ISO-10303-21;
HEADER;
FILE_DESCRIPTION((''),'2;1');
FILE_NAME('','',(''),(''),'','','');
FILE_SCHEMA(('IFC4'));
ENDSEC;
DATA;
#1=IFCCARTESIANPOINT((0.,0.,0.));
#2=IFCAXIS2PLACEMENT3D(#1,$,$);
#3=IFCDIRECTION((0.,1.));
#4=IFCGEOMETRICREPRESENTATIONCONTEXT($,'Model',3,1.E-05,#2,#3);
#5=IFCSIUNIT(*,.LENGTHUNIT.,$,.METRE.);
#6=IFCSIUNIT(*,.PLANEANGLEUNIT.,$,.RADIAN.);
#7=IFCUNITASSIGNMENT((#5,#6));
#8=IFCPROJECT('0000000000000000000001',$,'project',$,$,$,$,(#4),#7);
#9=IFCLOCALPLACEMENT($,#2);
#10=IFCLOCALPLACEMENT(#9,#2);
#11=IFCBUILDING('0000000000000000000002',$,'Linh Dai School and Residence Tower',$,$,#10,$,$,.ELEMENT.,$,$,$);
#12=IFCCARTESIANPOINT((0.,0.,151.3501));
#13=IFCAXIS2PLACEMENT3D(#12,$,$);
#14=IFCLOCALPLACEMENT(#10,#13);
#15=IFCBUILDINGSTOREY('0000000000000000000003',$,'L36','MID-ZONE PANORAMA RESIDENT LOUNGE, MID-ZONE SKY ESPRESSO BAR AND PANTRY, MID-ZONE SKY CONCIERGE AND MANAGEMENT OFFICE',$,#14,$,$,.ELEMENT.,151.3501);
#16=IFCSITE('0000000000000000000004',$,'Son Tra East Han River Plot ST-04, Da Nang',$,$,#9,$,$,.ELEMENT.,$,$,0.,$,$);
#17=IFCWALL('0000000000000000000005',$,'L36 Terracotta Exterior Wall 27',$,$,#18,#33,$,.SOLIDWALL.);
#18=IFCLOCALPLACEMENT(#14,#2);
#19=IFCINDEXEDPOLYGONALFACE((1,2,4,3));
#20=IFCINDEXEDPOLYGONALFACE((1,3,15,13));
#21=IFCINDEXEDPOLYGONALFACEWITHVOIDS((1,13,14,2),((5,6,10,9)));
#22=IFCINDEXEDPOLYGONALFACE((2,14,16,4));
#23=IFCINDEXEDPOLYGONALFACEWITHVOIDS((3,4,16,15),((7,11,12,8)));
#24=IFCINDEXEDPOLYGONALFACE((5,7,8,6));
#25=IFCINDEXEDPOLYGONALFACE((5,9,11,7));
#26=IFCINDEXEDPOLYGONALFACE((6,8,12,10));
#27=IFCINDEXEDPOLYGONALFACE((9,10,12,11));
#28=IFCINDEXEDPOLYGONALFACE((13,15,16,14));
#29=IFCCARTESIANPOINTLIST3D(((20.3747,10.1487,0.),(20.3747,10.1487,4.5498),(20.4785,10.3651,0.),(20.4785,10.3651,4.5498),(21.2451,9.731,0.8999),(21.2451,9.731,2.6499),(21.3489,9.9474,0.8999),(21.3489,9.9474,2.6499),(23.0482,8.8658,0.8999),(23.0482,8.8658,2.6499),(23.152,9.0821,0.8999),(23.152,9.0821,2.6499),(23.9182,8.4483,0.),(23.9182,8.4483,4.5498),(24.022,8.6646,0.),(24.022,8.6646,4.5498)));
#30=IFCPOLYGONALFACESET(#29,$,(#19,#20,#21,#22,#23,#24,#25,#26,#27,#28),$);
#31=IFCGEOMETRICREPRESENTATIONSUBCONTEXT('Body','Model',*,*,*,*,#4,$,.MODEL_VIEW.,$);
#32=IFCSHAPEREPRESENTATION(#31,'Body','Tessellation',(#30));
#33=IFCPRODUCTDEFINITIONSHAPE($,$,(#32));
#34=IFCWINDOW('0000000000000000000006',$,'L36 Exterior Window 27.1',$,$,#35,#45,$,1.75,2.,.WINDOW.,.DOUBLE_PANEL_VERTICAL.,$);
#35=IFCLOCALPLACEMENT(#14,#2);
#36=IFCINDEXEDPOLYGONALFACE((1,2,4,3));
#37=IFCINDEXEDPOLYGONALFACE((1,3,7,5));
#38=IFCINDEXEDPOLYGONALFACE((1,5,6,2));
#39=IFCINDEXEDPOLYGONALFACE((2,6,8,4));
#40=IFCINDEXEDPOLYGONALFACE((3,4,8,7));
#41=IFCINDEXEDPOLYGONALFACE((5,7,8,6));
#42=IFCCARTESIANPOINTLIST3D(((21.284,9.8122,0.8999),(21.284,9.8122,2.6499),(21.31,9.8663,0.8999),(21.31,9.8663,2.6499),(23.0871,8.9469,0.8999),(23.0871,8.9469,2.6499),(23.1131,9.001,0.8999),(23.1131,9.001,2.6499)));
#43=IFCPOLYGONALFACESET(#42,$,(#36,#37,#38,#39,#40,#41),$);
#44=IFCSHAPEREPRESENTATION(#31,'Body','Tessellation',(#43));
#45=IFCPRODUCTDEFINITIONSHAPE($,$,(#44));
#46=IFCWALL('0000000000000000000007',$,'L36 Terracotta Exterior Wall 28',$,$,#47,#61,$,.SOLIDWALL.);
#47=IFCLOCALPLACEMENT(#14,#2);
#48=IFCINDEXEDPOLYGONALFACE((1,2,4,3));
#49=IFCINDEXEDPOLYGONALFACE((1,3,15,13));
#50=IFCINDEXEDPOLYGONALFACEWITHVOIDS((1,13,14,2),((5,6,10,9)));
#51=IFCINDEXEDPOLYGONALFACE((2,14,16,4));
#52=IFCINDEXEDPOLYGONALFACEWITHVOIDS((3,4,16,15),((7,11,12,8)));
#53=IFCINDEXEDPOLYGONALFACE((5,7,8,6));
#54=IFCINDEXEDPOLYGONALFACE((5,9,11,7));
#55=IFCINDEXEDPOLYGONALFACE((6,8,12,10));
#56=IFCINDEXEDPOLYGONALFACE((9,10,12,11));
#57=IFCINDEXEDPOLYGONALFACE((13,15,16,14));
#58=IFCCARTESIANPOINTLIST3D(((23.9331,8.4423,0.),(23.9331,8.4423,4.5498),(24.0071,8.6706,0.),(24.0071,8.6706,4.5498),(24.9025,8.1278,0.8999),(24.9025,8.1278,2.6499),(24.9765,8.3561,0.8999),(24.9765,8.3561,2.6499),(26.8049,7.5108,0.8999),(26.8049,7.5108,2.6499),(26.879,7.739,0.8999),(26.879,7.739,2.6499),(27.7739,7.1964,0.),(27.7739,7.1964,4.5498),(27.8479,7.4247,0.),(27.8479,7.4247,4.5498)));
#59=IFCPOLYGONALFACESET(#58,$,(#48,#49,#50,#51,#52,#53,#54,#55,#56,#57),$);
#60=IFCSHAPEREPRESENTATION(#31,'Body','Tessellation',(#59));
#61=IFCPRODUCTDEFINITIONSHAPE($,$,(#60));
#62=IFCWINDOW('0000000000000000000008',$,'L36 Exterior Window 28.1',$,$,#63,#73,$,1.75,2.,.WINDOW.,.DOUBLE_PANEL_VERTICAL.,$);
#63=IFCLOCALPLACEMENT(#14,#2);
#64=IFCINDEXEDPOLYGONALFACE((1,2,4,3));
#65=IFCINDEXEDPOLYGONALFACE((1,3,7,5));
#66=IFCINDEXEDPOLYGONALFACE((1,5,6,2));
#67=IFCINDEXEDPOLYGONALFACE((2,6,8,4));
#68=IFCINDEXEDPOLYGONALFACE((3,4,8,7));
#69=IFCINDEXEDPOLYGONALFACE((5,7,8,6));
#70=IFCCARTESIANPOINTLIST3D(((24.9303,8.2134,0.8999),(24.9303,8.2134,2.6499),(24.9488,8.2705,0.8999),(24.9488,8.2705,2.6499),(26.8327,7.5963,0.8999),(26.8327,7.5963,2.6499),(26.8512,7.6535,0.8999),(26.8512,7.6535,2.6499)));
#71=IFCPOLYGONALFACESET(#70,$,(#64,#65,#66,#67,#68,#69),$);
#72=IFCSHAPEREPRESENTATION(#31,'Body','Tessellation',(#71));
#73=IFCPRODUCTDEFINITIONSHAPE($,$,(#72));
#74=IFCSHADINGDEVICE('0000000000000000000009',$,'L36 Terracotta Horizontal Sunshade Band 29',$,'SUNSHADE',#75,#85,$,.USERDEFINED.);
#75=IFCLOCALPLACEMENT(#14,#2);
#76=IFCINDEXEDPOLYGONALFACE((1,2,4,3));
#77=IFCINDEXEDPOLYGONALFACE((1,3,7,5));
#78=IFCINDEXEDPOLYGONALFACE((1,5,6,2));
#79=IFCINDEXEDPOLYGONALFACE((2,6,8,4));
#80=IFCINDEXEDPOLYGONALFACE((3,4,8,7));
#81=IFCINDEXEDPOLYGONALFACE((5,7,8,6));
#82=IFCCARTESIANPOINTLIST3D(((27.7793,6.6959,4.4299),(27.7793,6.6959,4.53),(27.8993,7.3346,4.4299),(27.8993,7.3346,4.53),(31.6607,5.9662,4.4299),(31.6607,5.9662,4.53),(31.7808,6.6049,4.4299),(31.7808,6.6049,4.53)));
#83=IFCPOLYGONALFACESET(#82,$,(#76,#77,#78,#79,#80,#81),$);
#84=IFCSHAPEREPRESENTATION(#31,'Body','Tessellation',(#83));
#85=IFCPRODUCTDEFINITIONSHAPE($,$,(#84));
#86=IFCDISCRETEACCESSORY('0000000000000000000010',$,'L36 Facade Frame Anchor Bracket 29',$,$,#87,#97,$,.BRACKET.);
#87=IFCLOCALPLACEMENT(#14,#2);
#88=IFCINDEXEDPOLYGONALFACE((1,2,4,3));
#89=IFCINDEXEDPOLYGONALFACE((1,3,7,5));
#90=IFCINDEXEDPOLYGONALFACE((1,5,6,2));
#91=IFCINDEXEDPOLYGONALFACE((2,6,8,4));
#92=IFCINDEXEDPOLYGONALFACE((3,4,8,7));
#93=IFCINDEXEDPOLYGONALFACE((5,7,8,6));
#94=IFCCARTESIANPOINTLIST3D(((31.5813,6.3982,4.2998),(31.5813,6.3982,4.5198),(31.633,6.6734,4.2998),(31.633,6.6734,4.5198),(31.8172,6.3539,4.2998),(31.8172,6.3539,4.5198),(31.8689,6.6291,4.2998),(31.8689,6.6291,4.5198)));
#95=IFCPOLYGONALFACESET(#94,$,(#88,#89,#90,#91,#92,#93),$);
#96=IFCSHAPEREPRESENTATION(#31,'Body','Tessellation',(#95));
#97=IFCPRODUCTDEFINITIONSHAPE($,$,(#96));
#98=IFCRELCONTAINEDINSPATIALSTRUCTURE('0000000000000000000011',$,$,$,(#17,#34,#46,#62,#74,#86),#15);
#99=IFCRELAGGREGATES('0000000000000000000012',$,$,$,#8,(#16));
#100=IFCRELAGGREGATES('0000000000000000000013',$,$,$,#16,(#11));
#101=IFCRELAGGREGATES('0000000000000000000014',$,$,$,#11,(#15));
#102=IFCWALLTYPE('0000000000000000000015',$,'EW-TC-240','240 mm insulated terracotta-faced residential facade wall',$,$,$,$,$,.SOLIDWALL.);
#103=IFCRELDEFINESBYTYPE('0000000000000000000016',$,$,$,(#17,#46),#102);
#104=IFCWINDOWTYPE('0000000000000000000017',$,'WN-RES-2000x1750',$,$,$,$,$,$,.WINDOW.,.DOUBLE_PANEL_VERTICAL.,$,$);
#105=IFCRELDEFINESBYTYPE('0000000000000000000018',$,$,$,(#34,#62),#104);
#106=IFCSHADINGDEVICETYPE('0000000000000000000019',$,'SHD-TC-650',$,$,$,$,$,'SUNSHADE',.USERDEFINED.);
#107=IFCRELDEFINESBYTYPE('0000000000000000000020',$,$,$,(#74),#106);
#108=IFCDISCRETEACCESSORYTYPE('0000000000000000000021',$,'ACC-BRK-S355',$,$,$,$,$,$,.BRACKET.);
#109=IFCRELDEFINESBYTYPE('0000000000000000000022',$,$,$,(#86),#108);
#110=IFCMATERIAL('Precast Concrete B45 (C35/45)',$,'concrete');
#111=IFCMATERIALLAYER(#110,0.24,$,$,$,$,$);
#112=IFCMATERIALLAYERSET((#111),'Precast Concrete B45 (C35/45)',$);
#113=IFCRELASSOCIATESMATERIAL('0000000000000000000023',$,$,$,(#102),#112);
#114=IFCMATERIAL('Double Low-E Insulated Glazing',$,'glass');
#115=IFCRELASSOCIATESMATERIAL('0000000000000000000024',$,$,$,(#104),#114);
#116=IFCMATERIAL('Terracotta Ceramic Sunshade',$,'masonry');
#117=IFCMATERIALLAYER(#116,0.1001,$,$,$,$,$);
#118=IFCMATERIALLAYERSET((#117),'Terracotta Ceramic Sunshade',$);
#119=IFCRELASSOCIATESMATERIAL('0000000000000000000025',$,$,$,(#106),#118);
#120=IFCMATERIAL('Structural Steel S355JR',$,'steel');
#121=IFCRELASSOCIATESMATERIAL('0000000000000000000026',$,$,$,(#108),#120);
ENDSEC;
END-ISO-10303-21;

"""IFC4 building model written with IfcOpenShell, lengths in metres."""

from ifc_helpers import new_model, si_unit, direction, frame, frame_2d, origin, origin_2d, place, context, subcontext, project, spatial, rectangle, extrude, source, transform, mapped, material, layer, layer_set, type_object, element, fill, save


model = new_model("IFC4")

# Units and contexts
model_context = context("Model", 3, precision=1e-05, world=origin(), true_north=direction((0.0, 1.0)))
body_context = subcontext(model_context, "Body", "Model", "MODEL_VIEW")
ifc_project = project(units=[si_unit("LENGTHUNIT", "METRE"), si_unit("PLANEANGLEUNIT", "RADIAN")], contexts=[model_context])

# Site, building, storey
site_placement = place(None, origin())
site = spatial("IfcSite", under=ifc_project, at=site_placement, Name="Son Tra East Han River Plot ST-04, Da Nang", CompositionType="ELEMENT", RefElevation=0.0)
building_placement = place(site_placement, origin())
building = spatial("IfcBuilding", under=site, at=building_placement, Name="Linh Dai School and Residence Tower", CompositionType="ELEMENT")
storey_placement = place(building_placement, frame((0.0, 0.0, 151.3501)))
storey = spatial("IfcBuildingStorey", under=building, at=storey_placement, Name="L36", Description="MID-ZONE PANORAMA RESIDENT LOUNGE, MID-ZONE SKY ESPRESSO BAR AND PANTRY, MID-ZONE SKY CONCIERGE AND MANAGEMENT OFFICE", CompositionType="ELEMENT", Elevation=151.3501)

# Shared definitions
ifc_material_1 = material(Name="Structural Steel S355JR", Category="steel")

# Shared definitions
ifc_material_2 = material(Name="Precast Concrete B45 (C35/45)", Category="concrete")

# Shared definitions
ifc_material_3 = material(Name="Double Low-E Insulated Glazing", Category="glass")

# Shared definitions
ifc_layer_1 = layer(ifc_material_2, 0.24)
ifc_layer_set_1 = layer_set([ifc_layer_1], Name="Precast Concrete B45 (C35/45)")
wall_type = type_object("IfcWallType", Name="EW-TC-240", Description="240 mm insulated terracotta-faced residential facade wall", PredefinedType="SOLIDWALL", material=ifc_layer_set_1)

# Walls, openings, windows
wall_1_placement = place(storey_placement, frame((23.9702, 8.5564, 0.0), z_axis=(0.0, 0.0, 1.0), x_axis=(-0.901565, 0.432644, 0.0)))
wall_1 = element("IfcWall", 1, at=wall_1_placement, inside=storey, type_object=wall_type, Name="L36 Terracotta Exterior Wall 27", PredefinedType="SOLIDWALL", context=body_context, shape_type="SweptSolid", body=[
    extrude(rectangle(XDim=3.9304, YDim=0.24, at=frame_2d((1.9653, 0.0))), origin(), (0.0, 0.0, 1.0), 4.5498),
])
opening_1_placement = place(wall_1_placement, frame((0.9651, 0.0, 0.8999)))
opening_1 = element("IfcOpeningElement", 2, at=opening_1_placement, cuts=wall_1, PredefinedType="OPENING", context=body_context, shape_type="SweptSolid", body=[
    extrude(rectangle(XDim=2.0, YDim=1.75, at=origin_2d()), frame((1.0, 0.1299, 0.875), z_axis=(0.0, -1.0, 0.0), x_axis=(1.0, 0.0, 0.0)), (0.0, 0.0, 1.0), 0.26),
])
window_type = type_object("IfcWindowType", Name="WN-RES-2000x1750", PartitioningType="DOUBLE_PANEL_VERTICAL", PredefinedType="WINDOW", material=ifc_material_3)
shared_shape_1 = source(origin(), body_context, "Body", "SweptSolid", [
    extrude(rectangle(XDim=2.0, YDim=1.75, at=origin_2d()), frame((1.0, 0.03, 0.875), z_axis=(0.0, -1.0, 0.0), x_axis=(1.0, 0.0, 0.0)), (0.0, 0.0, 1.0), 0.0601),
])
window_1_placement = place(opening_1_placement, origin())
window_1 = element("IfcWindow", 3, at=window_1_placement, inside=storey, type_object=window_type, Name="L36 Exterior Window 27.1", OverallHeight=1.75, OverallWidth=2.0, PartitioningType="DOUBLE_PANEL_VERTICAL", PredefinedType="WINDOW", context=body_context, shape_type="MappedRepresentation", body=[
    mapped(shared_shape_1, transform((0.0, 0.0, 0.0), x_axis=(1.0, 0.0, 0.0), y_axis=(0.0, 1.0, 0.0), z_axis=(0.0, 0.0, 1.0), scale=1.0)),
])
fill(opening_1, window_1)
wall_2_placement = place(storey_placement, frame((27.811, 7.3105, 0.0), z_axis=(0.0, 0.0, 1.0), x_axis=(-0.95121, 0.308545, 0.0)))
wall_2 = element("IfcWall", 4, at=wall_2_placement, inside=storey, type_object=wall_type, Name="L36 Terracotta Exterior Wall 28", PredefinedType="SOLIDWALL", context=body_context, shape_type="SweptSolid", body=[
    extrude(rectangle(XDim=4.0378, YDim=0.24, at=frame_2d((2.019, 0.0))), origin(), (0.0, 0.0, 1.0), 4.5498),
])
opening_2_placement = place(wall_2_placement, frame((1.0188, 0.0, 0.8999)))
opening_2 = element("IfcOpeningElement", 5, at=opening_2_placement, cuts=wall_2, PredefinedType="OPENING", context=body_context, shape_type="SweptSolid", body=[
    extrude(rectangle(XDim=2.0, YDim=1.75, at=origin_2d()), frame((1.0, 0.1299, 0.875), z_axis=(0.0, -1.0, 0.0), x_axis=(1.0, 0.0, 0.0)), (0.0, 0.0, 1.0), 0.26),
])
window_2_placement = place(opening_2_placement, origin())
window_2 = element("IfcWindow", 6, at=window_2_placement, inside=storey, type_object=window_type, Name="L36 Exterior Window 28.1", OverallHeight=1.75, OverallWidth=2.0, PartitioningType="DOUBLE_PANEL_VERTICAL", PredefinedType="WINDOW", context=body_context, shape_type="MappedRepresentation", body=[
    mapped(shared_shape_1, transform((0.0, 0.0, 0.0), x_axis=(1.0, 0.0, 0.0), y_axis=(0.0, 1.0, 0.0), z_axis=(0.0, 0.0, 1.0), scale=1.0)),
])
fill(opening_2, window_2)

# Shading device
ifc_material_4 = material(Name="Terracotta Ceramic Sunshade", Category="masonry")
ifc_layer_2 = layer(ifc_material_4, 0.1001)
ifc_layer_set_2 = layer_set([ifc_layer_2], Name="Terracotta Ceramic Sunshade")
shading_device_type = type_object("IfcShadingDeviceType", Name="SHD-TC-650", ElementType="SUNSHADE", PredefinedType="USERDEFINED", material=ifc_layer_set_2)
shared_shape_2 = source(origin(), body_context, "Body", "SweptSolid", [
    extrude(rectangle(XDim=3.9495, YDim=0.6499, at=origin_2d()), origin(), (0.0, 0.0, 1.0), 0.1001),
])
shading_device_placement = place(storey_placement, frame((29.78, 6.6504, 4.4299), z_axis=(0.0, 0.0, 1.0), x_axis=(-0.982783, 0.184763, 0.0)))
element("IfcShadingDevice", 7, at=shading_device_placement, inside=storey, type_object=shading_device_type, Name="L36 Terracotta Horizontal Sunshade Band 29", ObjectType="SUNSHADE", PredefinedType="USERDEFINED", context=body_context, shape_type="MappedRepresentation", body=[
    mapped(shared_shape_2, transform((0.0, 0.0, 0.0), x_axis=(1.0, 0.0, 0.0), y_axis=(0.0, 1.0, 0.0), z_axis=(0.0, 0.0, 1.0), scale=1.0)),
])

# Discrete accessory
discrete_accessory_type = type_object("IfcDiscreteAccessoryType", Name="ACC-BRK-S355", PredefinedType="BRACKET", material=ifc_material_1)
shared_shape_3 = source(origin(), body_context, "Body", "SweptSolid", [
    extrude(rectangle(XDim=0.28, YDim=0.24, at=origin_2d()), origin(), (0.0, 0.0, 1.0), 0.22),
])
discrete_accessory_placement = place(storey_placement, frame((31.7251, 6.5137, 4.2998), z_axis=(0.0, 0.0, 1.0), x_axis=(-0.184763, -0.982783, 0.0)))
element("IfcDiscreteAccessory", 8, at=discrete_accessory_placement, inside=storey, type_object=discrete_accessory_type, Name="L36 Facade Frame Anchor Bracket 29", PredefinedType="BRACKET", context=body_context, shape_type="MappedRepresentation", body=[
    mapped(shared_shape_3, transform((0.0, 0.0, 0.0), x_axis=(1.0, 0.0, 0.0), y_axis=(0.0, 1.0, 0.0), z_axis=(0.0, 0.0, 1.0), scale=1.0)),
])

save(model, "model.ifc")
